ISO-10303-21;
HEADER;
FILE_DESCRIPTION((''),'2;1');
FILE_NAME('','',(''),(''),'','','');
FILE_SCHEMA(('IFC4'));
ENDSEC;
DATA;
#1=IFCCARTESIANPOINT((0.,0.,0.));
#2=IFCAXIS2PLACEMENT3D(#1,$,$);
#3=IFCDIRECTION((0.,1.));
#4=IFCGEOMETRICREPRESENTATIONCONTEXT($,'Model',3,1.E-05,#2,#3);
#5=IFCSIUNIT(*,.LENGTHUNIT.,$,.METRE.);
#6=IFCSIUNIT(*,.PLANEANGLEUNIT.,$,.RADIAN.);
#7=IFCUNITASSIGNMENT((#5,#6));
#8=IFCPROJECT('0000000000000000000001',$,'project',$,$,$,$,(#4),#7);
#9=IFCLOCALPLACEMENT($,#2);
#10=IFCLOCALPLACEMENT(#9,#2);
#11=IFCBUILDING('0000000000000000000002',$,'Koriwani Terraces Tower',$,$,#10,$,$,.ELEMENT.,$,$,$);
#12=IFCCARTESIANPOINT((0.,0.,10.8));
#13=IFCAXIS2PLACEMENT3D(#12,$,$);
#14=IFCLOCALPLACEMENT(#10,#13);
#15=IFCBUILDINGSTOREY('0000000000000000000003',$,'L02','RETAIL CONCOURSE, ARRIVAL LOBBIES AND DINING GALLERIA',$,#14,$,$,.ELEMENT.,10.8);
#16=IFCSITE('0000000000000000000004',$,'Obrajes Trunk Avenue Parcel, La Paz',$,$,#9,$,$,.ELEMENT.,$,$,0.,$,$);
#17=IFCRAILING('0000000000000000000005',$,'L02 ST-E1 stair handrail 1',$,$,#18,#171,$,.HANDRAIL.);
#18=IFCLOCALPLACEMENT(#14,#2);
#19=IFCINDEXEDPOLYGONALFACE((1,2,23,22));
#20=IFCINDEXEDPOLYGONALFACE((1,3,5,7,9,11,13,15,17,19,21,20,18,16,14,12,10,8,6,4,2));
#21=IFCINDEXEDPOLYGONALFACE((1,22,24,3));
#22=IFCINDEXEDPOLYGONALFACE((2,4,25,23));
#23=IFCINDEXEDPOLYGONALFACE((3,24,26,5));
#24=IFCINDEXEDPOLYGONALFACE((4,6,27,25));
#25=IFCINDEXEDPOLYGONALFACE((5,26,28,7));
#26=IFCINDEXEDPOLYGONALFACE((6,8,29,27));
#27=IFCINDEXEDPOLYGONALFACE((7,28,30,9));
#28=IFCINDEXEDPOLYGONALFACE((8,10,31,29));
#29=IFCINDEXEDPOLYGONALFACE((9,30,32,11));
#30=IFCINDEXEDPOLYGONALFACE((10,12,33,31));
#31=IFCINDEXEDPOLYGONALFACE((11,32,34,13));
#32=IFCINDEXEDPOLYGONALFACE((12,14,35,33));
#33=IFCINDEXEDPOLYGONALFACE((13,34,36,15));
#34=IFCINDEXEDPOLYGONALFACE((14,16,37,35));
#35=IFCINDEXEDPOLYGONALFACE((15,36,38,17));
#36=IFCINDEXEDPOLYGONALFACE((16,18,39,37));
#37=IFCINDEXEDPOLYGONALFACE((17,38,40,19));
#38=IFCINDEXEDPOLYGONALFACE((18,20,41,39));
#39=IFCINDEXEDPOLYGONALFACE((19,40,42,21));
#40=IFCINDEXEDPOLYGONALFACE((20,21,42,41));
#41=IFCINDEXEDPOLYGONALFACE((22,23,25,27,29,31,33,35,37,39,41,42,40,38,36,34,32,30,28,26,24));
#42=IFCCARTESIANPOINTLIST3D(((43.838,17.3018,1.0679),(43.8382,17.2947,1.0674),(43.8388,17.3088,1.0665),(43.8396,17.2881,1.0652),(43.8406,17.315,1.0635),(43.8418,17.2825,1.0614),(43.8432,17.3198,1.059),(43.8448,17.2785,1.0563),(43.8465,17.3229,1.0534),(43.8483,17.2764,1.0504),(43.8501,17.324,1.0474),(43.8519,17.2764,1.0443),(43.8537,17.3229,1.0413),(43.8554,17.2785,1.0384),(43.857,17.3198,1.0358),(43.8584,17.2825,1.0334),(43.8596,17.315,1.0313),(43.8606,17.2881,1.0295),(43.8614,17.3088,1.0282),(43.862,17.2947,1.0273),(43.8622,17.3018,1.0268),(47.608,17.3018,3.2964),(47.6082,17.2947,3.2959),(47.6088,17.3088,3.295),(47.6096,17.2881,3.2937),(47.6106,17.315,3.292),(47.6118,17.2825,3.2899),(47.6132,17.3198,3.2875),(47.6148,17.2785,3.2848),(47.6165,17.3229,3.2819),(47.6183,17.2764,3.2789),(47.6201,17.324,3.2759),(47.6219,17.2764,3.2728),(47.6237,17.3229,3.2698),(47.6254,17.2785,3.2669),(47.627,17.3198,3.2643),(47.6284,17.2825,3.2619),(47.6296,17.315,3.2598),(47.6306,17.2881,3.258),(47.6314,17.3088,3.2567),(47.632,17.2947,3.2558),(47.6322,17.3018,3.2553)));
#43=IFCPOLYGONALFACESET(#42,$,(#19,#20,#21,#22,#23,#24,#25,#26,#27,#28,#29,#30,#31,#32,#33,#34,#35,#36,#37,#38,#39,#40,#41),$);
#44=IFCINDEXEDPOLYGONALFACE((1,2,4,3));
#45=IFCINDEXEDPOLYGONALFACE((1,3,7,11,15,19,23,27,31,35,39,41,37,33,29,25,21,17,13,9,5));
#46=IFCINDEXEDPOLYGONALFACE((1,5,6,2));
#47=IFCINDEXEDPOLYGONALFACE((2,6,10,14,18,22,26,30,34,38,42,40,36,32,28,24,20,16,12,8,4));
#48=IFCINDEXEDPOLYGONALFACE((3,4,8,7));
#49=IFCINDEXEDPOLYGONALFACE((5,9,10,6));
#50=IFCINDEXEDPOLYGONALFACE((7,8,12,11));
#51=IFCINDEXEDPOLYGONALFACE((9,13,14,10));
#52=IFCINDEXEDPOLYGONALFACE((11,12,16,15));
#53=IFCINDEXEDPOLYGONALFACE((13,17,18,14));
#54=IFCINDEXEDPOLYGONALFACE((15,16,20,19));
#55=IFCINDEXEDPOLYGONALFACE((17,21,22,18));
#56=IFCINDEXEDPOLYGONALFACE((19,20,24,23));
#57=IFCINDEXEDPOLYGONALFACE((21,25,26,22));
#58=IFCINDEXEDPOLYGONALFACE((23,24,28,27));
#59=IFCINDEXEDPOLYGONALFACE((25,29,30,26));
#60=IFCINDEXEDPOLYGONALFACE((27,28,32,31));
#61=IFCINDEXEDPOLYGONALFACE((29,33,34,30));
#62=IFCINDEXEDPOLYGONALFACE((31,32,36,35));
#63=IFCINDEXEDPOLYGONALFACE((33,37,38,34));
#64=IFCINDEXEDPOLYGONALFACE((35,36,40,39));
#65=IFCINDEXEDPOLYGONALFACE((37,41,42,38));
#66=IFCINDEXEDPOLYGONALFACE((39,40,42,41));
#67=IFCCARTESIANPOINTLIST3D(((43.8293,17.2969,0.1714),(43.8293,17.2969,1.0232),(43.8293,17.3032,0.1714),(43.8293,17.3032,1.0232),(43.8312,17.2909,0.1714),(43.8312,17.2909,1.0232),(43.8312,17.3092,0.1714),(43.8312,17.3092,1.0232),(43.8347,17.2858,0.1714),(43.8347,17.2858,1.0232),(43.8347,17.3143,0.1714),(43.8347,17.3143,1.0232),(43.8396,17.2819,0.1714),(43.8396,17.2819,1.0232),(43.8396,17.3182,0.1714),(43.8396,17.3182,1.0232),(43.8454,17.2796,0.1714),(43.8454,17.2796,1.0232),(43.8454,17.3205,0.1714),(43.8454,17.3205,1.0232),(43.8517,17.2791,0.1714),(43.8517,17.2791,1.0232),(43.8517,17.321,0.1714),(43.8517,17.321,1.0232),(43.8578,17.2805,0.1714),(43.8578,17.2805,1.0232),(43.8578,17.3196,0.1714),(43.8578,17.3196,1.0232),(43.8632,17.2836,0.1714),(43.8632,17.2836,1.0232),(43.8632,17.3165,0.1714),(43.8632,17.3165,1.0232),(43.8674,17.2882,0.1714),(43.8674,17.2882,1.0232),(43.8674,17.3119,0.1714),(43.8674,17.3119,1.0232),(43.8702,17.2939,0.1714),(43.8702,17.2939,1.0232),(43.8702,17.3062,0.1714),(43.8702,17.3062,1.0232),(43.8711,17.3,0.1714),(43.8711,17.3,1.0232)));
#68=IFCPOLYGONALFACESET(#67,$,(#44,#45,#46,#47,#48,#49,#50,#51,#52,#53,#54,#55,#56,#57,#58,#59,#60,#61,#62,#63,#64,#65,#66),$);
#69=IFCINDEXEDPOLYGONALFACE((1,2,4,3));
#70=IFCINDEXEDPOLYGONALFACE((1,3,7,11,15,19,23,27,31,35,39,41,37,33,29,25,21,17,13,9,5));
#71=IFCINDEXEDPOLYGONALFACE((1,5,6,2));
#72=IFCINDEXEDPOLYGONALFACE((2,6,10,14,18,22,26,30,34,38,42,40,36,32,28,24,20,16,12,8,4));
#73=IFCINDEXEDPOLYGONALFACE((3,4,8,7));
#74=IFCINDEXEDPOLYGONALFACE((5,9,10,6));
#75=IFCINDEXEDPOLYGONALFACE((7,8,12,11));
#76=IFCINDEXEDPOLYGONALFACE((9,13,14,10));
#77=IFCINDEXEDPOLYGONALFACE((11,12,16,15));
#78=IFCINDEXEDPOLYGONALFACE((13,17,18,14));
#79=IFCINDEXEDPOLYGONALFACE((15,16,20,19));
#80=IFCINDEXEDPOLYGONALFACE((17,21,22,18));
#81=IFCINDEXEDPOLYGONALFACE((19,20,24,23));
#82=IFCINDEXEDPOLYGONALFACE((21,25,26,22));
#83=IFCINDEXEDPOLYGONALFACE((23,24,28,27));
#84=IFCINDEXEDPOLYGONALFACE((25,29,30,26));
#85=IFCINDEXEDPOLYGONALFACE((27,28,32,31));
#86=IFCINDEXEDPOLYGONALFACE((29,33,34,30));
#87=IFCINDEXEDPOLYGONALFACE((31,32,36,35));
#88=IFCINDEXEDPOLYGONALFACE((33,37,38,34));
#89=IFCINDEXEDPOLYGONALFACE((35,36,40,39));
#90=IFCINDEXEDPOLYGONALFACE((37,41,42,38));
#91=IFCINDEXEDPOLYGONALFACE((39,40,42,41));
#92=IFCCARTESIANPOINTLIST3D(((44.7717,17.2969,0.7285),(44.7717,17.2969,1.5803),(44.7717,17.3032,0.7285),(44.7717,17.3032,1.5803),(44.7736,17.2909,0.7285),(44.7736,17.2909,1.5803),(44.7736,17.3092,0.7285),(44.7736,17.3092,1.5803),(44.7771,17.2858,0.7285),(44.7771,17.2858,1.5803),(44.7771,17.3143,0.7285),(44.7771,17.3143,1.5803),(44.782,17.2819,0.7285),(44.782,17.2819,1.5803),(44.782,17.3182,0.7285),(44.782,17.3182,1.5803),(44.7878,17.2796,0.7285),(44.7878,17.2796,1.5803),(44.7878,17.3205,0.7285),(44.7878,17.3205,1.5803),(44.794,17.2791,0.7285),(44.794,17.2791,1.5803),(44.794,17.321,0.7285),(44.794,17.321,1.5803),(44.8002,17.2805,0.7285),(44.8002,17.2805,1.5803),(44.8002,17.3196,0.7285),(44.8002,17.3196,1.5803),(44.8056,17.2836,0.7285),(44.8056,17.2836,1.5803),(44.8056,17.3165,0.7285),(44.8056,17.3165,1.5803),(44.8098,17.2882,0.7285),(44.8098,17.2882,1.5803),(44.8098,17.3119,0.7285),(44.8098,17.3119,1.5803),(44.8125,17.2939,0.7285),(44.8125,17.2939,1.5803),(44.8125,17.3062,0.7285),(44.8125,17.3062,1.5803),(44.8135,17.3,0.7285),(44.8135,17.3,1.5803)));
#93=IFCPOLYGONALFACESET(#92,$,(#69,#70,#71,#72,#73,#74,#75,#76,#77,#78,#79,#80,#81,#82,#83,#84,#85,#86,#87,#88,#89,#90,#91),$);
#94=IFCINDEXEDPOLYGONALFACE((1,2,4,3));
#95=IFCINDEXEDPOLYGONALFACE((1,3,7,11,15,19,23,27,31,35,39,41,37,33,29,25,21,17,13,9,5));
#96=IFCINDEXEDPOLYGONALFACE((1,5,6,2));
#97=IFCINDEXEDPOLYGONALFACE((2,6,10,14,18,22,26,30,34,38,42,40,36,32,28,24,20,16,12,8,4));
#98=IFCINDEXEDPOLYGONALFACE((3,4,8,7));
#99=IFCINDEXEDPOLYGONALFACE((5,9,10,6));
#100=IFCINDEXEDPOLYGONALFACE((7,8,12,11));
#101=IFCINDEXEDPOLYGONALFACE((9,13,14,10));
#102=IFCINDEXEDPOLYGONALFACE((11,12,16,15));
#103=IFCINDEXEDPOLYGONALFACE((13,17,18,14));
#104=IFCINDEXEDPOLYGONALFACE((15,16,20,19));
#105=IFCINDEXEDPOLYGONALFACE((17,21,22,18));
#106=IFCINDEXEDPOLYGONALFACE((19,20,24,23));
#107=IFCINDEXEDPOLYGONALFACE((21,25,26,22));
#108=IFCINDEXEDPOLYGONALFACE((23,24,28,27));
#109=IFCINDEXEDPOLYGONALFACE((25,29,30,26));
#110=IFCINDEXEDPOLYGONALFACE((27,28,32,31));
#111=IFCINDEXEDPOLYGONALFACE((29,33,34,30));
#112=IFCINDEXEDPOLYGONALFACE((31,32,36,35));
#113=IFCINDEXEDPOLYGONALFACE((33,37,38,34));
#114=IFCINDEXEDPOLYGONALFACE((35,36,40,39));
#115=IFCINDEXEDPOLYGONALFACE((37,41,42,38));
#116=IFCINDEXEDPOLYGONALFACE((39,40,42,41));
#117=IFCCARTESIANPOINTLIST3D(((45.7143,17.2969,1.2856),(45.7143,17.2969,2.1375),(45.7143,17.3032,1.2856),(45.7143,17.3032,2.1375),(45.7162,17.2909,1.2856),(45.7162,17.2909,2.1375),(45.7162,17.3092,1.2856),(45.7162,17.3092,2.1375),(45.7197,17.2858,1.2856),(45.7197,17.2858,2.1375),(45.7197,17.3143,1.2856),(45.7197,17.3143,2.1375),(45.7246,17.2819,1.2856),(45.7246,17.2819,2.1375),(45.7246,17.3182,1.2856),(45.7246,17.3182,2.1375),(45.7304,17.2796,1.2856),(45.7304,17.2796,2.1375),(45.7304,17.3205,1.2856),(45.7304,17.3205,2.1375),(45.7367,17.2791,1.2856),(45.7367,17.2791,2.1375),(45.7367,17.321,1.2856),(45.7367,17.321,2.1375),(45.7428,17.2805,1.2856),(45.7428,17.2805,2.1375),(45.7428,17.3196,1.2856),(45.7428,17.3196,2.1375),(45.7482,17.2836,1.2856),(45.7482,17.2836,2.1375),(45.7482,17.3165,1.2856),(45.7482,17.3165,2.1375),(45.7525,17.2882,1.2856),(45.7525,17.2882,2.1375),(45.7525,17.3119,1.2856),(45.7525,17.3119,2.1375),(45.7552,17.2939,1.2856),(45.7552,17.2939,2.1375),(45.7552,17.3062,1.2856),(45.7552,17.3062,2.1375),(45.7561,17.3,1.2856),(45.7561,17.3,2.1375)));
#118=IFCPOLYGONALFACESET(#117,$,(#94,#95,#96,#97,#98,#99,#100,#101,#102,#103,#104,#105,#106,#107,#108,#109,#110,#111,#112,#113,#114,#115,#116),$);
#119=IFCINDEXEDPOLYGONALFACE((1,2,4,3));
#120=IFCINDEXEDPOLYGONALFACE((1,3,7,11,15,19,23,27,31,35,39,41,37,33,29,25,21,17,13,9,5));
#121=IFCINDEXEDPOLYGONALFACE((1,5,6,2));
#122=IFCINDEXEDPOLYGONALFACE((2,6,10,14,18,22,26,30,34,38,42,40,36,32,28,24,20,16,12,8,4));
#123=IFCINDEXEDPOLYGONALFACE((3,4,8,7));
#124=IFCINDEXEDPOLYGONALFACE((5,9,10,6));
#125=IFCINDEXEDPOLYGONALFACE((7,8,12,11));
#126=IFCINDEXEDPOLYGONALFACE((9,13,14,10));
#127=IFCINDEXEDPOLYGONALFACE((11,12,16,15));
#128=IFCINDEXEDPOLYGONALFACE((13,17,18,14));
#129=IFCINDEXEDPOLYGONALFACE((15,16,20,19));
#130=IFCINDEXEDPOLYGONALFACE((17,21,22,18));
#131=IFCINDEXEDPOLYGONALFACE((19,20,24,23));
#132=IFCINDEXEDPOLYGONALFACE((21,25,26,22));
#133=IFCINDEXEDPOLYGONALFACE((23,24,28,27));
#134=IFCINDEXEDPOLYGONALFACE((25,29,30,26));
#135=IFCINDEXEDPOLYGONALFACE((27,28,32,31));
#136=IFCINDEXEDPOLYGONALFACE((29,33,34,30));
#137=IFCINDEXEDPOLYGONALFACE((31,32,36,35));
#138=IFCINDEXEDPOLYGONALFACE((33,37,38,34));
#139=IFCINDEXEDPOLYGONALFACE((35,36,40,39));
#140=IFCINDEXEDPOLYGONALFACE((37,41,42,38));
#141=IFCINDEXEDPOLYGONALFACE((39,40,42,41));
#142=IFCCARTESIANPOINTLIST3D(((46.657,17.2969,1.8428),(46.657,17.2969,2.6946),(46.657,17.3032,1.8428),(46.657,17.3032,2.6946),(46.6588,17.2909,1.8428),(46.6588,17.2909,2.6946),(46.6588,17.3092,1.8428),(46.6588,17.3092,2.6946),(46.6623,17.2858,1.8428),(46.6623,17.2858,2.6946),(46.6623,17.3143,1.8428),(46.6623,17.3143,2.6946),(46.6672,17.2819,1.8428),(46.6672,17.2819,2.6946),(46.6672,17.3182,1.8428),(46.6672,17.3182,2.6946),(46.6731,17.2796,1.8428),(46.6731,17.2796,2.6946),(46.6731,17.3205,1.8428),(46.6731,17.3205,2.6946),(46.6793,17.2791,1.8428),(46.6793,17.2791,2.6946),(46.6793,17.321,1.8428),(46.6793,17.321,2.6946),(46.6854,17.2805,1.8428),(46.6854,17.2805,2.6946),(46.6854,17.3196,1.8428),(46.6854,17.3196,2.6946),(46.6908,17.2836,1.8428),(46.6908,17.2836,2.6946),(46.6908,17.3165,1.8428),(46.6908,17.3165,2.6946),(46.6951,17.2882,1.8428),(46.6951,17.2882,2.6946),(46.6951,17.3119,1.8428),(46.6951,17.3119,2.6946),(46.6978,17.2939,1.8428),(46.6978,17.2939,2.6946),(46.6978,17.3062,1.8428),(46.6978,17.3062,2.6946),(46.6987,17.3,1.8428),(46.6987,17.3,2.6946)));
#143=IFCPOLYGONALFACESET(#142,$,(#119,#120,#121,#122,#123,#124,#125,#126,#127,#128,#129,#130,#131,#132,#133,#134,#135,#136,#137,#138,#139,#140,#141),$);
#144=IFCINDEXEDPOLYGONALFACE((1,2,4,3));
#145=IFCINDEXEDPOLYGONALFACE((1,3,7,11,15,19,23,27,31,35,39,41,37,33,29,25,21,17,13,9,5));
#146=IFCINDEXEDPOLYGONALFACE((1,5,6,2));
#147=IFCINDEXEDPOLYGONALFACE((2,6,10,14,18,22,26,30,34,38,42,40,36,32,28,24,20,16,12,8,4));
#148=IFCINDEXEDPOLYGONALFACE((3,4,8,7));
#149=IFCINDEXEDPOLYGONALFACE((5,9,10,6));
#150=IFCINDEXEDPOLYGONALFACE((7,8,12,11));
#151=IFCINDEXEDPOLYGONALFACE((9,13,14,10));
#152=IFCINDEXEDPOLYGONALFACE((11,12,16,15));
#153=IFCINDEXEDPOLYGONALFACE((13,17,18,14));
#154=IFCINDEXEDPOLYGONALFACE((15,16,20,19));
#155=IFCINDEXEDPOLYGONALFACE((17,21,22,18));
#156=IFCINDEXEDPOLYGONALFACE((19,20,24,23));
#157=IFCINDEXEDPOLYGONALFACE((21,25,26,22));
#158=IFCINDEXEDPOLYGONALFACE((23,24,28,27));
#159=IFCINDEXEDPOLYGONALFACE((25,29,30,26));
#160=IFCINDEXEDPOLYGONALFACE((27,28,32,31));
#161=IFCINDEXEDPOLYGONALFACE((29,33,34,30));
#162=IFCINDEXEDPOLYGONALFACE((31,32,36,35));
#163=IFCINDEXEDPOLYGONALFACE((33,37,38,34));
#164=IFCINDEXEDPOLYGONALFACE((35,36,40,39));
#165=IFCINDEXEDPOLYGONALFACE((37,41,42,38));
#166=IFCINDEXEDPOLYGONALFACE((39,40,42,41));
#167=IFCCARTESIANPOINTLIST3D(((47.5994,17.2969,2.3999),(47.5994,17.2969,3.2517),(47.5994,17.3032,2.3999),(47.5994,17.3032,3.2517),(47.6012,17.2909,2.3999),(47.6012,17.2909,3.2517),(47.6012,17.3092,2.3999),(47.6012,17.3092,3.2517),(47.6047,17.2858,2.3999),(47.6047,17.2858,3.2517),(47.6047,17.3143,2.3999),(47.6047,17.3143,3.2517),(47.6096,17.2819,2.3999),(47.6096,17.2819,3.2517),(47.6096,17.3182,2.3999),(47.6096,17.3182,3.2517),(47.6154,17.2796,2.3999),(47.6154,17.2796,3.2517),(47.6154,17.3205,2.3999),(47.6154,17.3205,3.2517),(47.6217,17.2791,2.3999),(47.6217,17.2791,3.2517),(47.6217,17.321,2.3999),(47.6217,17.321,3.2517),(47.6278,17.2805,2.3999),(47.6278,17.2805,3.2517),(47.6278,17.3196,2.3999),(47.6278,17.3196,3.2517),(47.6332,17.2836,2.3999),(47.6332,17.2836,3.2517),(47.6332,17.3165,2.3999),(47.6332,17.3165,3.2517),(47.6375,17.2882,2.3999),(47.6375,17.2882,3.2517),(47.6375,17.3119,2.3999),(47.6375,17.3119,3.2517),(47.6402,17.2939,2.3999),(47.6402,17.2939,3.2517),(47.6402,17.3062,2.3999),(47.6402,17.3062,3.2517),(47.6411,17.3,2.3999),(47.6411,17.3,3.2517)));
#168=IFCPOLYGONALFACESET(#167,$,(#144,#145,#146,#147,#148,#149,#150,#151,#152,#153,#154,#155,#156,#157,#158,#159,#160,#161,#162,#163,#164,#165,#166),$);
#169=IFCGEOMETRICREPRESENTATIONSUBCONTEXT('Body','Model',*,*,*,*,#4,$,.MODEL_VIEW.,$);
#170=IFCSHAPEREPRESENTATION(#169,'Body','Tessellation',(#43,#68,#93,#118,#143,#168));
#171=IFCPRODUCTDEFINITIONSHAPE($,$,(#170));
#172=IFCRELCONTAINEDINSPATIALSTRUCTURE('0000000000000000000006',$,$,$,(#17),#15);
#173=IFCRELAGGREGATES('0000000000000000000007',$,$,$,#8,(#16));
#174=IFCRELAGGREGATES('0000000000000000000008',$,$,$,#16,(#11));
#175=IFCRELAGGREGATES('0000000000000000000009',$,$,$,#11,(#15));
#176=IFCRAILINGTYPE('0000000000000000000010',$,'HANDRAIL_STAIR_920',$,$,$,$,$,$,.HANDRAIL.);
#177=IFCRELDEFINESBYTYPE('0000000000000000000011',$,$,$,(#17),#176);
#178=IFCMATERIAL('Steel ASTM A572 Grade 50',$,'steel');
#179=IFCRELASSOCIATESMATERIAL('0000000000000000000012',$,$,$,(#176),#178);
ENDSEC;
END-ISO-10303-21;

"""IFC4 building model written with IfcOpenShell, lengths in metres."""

from ifc_helpers import new_model, si_unit, direction, frame, origin, origin_2d, place, context, subcontext, project, spatial, circle, extrude, material, type_object, element, save


model = new_model("IFC4")

# Units and contexts
model_context = context("Model", 3, precision=1e-05, world=origin(), true_north=direction((0.0, 1.0)))
body_context = subcontext(model_context, "Body", "Model", "MODEL_VIEW")
ifc_project = project(units=[si_unit("LENGTHUNIT", "METRE"), si_unit("PLANEANGLEUNIT", "RADIAN")], contexts=[model_context])

# Site, building, storey
site_placement = place(None, origin())
site = spatial("IfcSite", under=ifc_project, at=site_placement, Name="Obrajes Trunk Avenue Parcel, La Paz", CompositionType="ELEMENT", RefElevation=0.0)
building_placement = place(site_placement, origin())
building = spatial("IfcBuilding", under=site, at=building_placement, Name="Koriwani Terraces Tower", CompositionType="ELEMENT")
storey_placement = place(building_placement, frame((0.0, 0.0, 10.8)))
storey = spatial("IfcBuildingStorey", under=building, at=storey_placement, Name="L02", Description="RETAIL CONCOURSE, ARRIVAL LOBBIES AND DINING GALLERIA", CompositionType="ELEMENT", Elevation=10.8)

# Shared definitions
ifc_material_1 = material(Name="Steel ASTM A572 Grade 50", Category="steel")

# Railing
railing_type_1 = type_object("IfcRailingType", Name="HANDRAIL_STAIR_920", PredefinedType="HANDRAIL", material=ifc_material_1)
railing_1_placement = place(storey_placement, frame((43.8501, 17.3, 0.1714)))
element("IfcRailing", 1, at=railing_1_placement, inside=storey, type_object=railing_type_1, Name="L02 ST-E1 stair handrail 1", PredefinedType="HANDRAIL", context=body_context, shape_type="SweptSolid", body=[
    extrude(circle(Radius=0.0239, at=origin_2d()), frame((0.0, 0.0, 0.876), z_axis=(0.860849, 0.0, 0.508861), x_axis=(0.0, 1.0, 0.0)), (0.0, 0.0, 1.0), 4.3794),
    extrude(circle(Radius=0.021, at=origin_2d()), origin(), (0.0, 0.0, 1.0), 0.8518),
    extrude(circle(Radius=0.021, at=origin_2d()), frame((0.9424, 0.0, 0.5571)), (0.0, 0.0, 1.0), 0.8518),
    extrude(circle(Radius=0.021, at=origin_2d()), frame((1.885, 0.0, 1.1143)), (0.0, 0.0, 1.0), 0.8518),
    extrude(circle(Radius=0.021, at=origin_2d()), frame((2.8276, 0.0, 1.6714)), (0.0, 0.0, 1.0), 0.8518),
    extrude(circle(Radius=0.021, at=origin_2d()), frame((3.77, 0.0, 2.2285)), (0.0, 0.0, 1.0), 0.8518),
])

save(model, "model.ifc")
